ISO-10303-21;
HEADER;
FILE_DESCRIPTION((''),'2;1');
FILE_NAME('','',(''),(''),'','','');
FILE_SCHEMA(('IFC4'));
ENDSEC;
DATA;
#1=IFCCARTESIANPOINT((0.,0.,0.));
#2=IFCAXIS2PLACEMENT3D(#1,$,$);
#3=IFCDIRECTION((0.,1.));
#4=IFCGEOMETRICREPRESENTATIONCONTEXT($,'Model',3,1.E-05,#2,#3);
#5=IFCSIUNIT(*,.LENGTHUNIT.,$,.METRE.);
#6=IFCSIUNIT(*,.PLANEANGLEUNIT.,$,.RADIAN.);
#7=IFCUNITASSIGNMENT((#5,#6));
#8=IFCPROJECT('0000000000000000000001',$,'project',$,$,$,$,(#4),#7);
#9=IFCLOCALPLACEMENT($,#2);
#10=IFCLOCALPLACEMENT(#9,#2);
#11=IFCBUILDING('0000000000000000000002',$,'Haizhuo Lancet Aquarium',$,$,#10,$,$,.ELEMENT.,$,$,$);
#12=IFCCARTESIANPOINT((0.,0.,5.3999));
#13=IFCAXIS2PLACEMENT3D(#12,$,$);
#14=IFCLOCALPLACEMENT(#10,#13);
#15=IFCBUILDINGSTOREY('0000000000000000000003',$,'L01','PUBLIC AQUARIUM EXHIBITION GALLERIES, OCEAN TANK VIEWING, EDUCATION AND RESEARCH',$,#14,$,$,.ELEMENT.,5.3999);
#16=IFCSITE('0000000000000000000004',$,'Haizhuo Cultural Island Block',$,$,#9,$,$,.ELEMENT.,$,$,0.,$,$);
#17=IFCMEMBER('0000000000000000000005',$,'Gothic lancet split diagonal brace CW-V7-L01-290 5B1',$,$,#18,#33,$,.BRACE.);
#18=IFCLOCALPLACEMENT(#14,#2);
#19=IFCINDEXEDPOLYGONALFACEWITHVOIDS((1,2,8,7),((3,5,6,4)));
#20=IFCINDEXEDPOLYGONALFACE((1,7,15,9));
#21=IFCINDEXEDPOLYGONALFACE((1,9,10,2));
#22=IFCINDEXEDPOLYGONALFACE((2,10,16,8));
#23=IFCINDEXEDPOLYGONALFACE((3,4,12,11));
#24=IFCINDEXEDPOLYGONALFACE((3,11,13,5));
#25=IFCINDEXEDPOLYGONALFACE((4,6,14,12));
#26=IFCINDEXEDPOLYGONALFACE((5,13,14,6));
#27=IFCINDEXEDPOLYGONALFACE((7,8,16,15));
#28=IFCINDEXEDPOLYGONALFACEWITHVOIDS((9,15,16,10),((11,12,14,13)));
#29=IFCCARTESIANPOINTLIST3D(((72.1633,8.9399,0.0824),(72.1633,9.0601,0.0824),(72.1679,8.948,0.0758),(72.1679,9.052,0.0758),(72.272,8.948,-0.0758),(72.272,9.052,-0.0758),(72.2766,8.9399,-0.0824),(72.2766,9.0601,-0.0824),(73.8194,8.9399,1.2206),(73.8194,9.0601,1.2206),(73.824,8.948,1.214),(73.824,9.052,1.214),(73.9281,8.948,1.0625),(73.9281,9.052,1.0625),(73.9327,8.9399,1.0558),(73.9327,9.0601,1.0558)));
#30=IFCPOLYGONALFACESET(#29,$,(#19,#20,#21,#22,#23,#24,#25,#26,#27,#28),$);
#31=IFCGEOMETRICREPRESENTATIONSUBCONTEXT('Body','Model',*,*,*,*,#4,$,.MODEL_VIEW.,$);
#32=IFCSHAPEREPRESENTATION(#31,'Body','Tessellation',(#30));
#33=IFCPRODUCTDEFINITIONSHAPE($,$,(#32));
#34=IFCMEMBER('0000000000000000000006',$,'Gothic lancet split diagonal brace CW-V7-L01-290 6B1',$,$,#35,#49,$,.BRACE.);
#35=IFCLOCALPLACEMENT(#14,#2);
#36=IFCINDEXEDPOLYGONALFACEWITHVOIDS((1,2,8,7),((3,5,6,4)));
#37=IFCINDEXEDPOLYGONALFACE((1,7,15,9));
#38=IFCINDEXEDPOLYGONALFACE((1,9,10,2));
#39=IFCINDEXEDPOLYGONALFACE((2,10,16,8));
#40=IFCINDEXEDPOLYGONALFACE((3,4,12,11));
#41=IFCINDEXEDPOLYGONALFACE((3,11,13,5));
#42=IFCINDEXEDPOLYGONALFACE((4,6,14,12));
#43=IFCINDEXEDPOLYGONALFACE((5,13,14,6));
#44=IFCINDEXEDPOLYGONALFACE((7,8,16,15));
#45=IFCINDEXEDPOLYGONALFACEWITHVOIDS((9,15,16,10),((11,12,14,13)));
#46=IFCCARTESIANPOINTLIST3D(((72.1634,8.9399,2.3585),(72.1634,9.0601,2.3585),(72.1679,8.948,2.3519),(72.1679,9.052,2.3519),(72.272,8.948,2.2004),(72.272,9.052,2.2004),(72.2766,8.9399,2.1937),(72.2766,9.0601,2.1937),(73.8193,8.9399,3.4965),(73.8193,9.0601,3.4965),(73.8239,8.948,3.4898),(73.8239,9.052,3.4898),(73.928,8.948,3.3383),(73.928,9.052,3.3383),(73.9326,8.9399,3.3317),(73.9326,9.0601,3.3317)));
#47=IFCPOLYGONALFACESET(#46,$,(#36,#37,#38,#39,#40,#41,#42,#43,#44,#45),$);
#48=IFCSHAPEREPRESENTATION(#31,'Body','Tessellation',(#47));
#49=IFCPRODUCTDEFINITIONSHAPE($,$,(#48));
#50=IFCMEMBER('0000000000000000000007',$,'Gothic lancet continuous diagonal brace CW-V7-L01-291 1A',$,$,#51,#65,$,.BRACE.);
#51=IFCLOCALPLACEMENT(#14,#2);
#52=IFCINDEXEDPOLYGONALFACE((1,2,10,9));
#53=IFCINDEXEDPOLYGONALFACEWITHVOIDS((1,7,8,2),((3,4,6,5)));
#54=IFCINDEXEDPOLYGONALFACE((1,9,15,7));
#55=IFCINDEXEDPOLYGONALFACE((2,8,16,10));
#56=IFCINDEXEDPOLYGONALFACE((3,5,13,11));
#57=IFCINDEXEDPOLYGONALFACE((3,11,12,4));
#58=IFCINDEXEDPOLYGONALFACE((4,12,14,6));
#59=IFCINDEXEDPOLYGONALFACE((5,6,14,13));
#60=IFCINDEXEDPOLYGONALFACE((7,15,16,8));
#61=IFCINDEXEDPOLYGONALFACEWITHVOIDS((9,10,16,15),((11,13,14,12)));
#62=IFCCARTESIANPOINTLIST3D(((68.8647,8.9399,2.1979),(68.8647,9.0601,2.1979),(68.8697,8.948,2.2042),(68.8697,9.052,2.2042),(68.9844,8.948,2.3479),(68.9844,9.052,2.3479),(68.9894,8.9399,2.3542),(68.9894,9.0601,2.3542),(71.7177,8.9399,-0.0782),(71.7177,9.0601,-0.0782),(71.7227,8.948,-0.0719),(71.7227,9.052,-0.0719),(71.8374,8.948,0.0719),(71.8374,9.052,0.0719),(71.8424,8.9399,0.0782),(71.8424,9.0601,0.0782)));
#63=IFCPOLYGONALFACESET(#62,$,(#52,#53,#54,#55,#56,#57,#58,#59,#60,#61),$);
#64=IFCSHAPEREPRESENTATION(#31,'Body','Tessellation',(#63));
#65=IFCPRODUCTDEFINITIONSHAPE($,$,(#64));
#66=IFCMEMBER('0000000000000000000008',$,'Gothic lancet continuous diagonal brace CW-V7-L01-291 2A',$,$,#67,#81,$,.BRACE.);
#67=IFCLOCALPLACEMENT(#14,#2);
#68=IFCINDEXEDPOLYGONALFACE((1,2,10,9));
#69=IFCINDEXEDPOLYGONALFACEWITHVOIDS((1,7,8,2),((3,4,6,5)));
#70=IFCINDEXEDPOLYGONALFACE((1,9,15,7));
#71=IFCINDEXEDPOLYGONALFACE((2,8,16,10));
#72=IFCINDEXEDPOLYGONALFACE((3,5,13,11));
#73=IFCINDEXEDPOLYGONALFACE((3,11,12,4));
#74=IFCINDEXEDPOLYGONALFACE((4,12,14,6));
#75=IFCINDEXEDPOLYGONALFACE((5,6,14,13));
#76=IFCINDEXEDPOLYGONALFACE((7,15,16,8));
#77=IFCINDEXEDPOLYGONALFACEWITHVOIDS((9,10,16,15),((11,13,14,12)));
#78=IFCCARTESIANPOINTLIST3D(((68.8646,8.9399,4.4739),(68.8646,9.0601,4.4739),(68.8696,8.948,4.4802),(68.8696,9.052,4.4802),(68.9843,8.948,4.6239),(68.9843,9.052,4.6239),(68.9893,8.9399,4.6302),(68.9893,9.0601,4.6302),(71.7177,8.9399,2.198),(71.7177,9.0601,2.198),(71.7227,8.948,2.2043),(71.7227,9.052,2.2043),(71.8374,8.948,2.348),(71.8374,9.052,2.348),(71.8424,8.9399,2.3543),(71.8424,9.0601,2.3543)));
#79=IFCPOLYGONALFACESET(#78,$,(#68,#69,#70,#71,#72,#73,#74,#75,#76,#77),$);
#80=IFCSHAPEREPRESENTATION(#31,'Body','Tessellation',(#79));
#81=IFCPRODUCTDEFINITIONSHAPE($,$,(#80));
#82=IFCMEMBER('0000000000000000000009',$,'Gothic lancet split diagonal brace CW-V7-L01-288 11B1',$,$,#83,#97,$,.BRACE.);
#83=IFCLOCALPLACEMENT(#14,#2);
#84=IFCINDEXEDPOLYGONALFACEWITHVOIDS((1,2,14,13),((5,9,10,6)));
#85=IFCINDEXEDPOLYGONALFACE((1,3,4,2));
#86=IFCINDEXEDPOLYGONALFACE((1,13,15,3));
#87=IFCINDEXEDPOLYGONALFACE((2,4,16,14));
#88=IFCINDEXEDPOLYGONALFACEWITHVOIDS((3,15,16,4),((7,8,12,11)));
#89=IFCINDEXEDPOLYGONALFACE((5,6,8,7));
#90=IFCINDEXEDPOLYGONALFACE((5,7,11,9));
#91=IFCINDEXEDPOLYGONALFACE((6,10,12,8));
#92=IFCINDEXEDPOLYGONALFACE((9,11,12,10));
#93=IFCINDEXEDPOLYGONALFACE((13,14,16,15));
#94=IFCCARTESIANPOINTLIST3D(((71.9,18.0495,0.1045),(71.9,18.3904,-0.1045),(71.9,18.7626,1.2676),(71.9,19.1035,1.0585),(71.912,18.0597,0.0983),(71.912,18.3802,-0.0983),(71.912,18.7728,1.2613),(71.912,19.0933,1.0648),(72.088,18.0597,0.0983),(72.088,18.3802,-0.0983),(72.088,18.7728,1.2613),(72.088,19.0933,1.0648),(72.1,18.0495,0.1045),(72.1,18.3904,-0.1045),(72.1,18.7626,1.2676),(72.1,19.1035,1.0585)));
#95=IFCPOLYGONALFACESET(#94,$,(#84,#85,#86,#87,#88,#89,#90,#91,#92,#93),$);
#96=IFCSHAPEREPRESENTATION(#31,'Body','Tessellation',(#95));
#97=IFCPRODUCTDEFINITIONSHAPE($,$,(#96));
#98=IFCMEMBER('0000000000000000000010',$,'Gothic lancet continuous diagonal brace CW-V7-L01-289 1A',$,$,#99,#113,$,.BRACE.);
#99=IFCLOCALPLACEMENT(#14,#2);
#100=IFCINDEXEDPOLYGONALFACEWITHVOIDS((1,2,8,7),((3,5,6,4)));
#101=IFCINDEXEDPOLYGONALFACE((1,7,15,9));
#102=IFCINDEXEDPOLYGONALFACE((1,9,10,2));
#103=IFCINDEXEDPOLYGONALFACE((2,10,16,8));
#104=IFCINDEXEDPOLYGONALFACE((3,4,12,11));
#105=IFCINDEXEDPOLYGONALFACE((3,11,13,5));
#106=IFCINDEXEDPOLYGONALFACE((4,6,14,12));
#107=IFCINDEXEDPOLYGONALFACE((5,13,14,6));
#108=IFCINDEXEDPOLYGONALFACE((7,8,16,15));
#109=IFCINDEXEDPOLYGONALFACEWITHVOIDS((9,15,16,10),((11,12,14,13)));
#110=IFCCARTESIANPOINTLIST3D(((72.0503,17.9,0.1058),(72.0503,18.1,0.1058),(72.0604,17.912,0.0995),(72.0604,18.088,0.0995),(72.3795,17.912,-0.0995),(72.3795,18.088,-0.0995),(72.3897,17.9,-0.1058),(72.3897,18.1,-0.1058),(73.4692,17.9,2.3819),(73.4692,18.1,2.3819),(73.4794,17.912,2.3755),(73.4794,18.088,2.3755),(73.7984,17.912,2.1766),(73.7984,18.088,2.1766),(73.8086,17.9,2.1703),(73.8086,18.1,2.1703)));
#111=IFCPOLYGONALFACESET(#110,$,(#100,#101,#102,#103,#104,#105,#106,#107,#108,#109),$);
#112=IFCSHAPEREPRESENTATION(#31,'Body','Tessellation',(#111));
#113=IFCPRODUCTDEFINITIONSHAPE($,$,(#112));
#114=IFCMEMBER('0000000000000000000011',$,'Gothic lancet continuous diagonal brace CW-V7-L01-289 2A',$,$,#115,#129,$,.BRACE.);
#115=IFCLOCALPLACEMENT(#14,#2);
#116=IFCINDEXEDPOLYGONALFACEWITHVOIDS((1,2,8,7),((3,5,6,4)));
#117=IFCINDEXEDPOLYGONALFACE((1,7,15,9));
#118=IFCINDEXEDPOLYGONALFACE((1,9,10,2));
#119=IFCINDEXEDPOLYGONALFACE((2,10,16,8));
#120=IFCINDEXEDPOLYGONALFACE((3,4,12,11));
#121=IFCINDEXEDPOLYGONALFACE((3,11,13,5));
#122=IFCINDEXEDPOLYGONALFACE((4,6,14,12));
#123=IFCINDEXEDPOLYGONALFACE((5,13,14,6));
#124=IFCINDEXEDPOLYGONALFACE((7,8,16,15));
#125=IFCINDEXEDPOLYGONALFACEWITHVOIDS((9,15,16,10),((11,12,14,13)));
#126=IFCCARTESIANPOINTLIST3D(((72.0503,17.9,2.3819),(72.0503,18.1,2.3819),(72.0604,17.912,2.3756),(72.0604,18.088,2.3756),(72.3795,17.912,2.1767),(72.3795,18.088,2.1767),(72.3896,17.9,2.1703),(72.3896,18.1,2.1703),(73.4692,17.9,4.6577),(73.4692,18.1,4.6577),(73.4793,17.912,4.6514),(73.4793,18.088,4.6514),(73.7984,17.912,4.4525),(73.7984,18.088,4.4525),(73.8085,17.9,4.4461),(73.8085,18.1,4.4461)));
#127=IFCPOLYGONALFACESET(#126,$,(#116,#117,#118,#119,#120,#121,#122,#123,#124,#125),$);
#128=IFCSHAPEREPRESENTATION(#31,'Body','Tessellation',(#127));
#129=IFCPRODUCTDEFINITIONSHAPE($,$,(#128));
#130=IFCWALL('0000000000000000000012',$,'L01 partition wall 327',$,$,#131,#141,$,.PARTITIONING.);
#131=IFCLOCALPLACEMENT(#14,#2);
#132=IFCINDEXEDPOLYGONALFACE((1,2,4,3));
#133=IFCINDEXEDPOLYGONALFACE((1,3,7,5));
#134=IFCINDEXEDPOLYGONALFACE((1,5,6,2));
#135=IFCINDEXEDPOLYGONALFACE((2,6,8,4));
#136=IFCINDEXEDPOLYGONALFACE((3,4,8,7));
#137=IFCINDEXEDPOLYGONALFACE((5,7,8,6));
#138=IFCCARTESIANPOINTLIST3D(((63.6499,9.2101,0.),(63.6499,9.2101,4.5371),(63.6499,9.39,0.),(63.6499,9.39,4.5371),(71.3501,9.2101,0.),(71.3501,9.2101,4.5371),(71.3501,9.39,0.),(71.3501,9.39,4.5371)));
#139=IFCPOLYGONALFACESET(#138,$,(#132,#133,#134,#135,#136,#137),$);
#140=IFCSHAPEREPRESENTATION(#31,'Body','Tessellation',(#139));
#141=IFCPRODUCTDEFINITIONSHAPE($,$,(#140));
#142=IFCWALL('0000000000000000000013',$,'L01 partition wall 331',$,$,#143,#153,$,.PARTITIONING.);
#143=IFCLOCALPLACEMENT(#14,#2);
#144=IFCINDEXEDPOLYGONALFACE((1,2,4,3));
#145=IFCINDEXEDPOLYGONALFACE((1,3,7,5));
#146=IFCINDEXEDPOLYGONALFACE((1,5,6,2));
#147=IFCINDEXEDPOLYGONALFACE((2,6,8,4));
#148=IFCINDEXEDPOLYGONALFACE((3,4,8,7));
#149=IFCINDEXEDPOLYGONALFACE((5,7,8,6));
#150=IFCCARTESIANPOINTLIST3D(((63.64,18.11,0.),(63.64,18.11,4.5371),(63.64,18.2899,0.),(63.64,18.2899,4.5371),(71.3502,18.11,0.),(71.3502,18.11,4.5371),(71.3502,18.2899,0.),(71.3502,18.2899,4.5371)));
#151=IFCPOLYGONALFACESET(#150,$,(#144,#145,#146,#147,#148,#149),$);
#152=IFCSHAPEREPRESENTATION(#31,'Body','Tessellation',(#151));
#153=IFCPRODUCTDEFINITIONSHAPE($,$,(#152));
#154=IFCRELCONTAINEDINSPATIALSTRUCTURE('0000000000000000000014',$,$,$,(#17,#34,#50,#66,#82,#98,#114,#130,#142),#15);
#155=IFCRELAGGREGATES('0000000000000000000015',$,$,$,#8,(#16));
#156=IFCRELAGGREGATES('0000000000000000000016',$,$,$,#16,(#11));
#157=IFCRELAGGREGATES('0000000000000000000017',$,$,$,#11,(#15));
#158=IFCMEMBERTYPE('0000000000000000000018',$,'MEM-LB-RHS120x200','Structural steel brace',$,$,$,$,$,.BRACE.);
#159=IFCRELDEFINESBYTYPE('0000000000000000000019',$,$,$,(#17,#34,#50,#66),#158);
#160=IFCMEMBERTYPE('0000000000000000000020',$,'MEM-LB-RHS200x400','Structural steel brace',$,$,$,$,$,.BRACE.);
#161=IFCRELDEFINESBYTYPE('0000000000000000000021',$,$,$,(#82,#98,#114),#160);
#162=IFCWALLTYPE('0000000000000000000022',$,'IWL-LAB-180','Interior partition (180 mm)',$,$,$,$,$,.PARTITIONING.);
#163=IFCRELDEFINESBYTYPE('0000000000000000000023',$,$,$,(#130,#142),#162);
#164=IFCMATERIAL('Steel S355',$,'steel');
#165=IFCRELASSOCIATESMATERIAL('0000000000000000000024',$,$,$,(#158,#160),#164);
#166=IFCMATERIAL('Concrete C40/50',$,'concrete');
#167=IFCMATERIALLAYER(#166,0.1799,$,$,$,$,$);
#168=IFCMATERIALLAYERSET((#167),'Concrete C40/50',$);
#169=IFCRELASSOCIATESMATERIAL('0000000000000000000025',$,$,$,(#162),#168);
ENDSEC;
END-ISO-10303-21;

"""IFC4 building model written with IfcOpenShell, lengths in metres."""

from ifc_helpers import new_model, si_unit, direction, frame, frame_2d, origin, origin_2d, place, context, subcontext, project, spatial, rectangle, hollow_rectangle, extrude, material, layer, layer_set, material_profile, profile_set, type_object, element, save


model = new_model("IFC4")

# Units and contexts
model_context = context("Model", 3, precision=1e-05, world=origin(), true_north=direction((0.0, 1.0)))
body_context = subcontext(model_context, "Body", "Model", "MODEL_VIEW")
ifc_project = project(units=[si_unit("LENGTHUNIT", "METRE"), si_unit("PLANEANGLEUNIT", "RADIAN")], contexts=[model_context])

# Site, building, storey
site_placement = place(None, origin())
site = spatial("IfcSite", under=ifc_project, at=site_placement, Name="Haizhuo Cultural Island Block", CompositionType="ELEMENT", RefElevation=0.0)
building_placement = place(site_placement, origin())
building = spatial("IfcBuilding", under=site, at=building_placement, Name="Haizhuo Lancet Aquarium", CompositionType="ELEMENT")
storey_placement = place(building_placement, frame((0.0, 0.0, 5.3999)))
storey = spatial("IfcBuildingStorey", under=building, at=storey_placement, Name="L01", Description="PUBLIC AQUARIUM EXHIBITION GALLERIES, OCEAN TANK VIEWING, EDUCATION AND RESEARCH", CompositionType="ELEMENT", Elevation=5.3999)

# Shared definitions
ifc_material_1 = material(Name="Steel S355", Category="steel")

# Members
ifc_material_profile_1 = material_profile(ifc_material_1, hollow_rectangle(XDim=0.1201, YDim=0.2, WallThickness=0.0081, at=origin_2d()), Name="RHS 120x200x8")
ifc_profile_set_1 = profile_set([ifc_material_profile_1], Name="Steel S355")
member_type_1 = type_object("IfcMemberType", Name="MEM-LB-RHS120x200", Description="Structural steel brace", PredefinedType="BRACE", material=ifc_profile_set_1)
member_1_placement = place(storey_placement, frame((72.22, 9.0, 0.0), z_axis=(0.824116, 0.0, 0.566421), x_axis=(0.0, 1.0, 0.0)))
element("IfcMember", 1, at=member_1_placement, inside=storey, type_object=member_type_1, Name="Gothic lancet split diagonal brace CW-V7-L01-290 5B1", PredefinedType="BRACE", context=body_context, shape_type="SweptSolid", body=[
    extrude(hollow_rectangle(XDim=0.1201, YDim=0.2, WallThickness=0.0081, at=origin_2d()), origin(), (0.0, 0.0, 1.0), 2.0095),
])
member_2_placement = place(storey_placement, frame((72.22, 9.0, 2.2761), z_axis=(0.824173, 0.0, 0.566338), x_axis=(0.0, 1.0, 0.0)))
element("IfcMember", 2, at=member_2_placement, inside=storey, type_object=member_type_1, Name="Gothic lancet split diagonal brace CW-V7-L01-290 6B1", PredefinedType="BRACE", context=body_context, shape_type="SweptSolid", body=[
    extrude(hollow_rectangle(XDim=0.1201, YDim=0.2, WallThickness=0.0081, at=origin_2d()), origin(), (0.0, 0.0, 1.0), 2.0093),
])
for number, where, z_axis, x_axis, name in (
    (3, (71.78, 9.0, 0.0), (-0.78171, 0.0, 0.623642), (0.0, -1.0, 0.0), "Gothic lancet continuous diagonal brace CW-V7-L01-291 1A"),
    (4, (71.78, 9.0, 2.2761), (-0.781743, 0.0, 0.623601), (0.0, -1.0, 0.0), "Gothic lancet continuous diagonal brace CW-V7-L01-291 2A"),
):
    element("IfcMember", number, at=place(storey_placement, frame(where, z_axis=z_axis, x_axis=x_axis)), inside=storey, type_object=member_type_1, Name=name, PredefinedType="BRACE", context=body_context, shape_type="SweptSolid", body=[
        extrude(hollow_rectangle(XDim=0.1201, YDim=0.2, WallThickness=0.0081, at=origin_2d()), origin(), (0.0, 0.0, 1.0), 3.6497),
    ])
ifc_material_profile_2 = material_profile(ifc_material_1, hollow_rectangle(XDim=0.2, YDim=0.3999, WallThickness=0.012, at=origin_2d()), Name="RHS 200x400x12")
ifc_profile_set_2 = profile_set([ifc_material_profile_2], Name="Steel S355")
member_type_2 = type_object("IfcMemberType", Name="MEM-LB-RHS200x400", Description="Structural steel brace", PredefinedType="BRACE", material=ifc_profile_set_2)
member_3_placement = place(storey_placement, frame((72.0, 18.22, 0.0), z_axis=(0.0, 0.522709, 0.852511), x_axis=(-1.0, 0.0, 0.0)))
element("IfcMember", 5, at=member_3_placement, inside=storey, type_object=member_type_2, Name="Gothic lancet split diagonal brace CW-V7-L01-288 11B1", PredefinedType="BRACE", context=body_context, shape_type="SweptSolid", body=[
    extrude(hollow_rectangle(XDim=0.2, YDim=0.3999, WallThickness=0.012, at=origin_2d()), origin(), (0.0, 0.0, 1.0), 1.3643),
])
member_4_placement = place(storey_placement, frame((72.22, 18.0, 0.0), z_axis=(0.529025, 0.0, 0.848606), x_axis=(0.0, 1.0, 0.0)))
element("IfcMember", 6, at=member_4_placement, inside=storey, type_object=member_type_2, Name="Gothic lancet continuous diagonal brace CW-V7-L01-289 1A", PredefinedType="BRACE", context=body_context, shape_type="SweptSolid", body=[
    extrude(hollow_rectangle(XDim=0.2, YDim=0.3999, WallThickness=0.012, at=origin_2d()), origin(), (0.0, 0.0, 1.0), 2.6821),
])
member_5_placement = place(storey_placement, frame((72.22, 18.0, 2.2761), z_axis=(0.529066, 0.0, 0.848581), x_axis=(0.0, 1.0, 0.0)))
element("IfcMember", 7, at=member_5_placement, inside=storey, type_object=member_type_2, Name="Gothic lancet continuous diagonal brace CW-V7-L01-289 2A", PredefinedType="BRACE", context=body_context, shape_type="SweptSolid", body=[
    extrude(hollow_rectangle(XDim=0.2, YDim=0.3999, WallThickness=0.012, at=origin_2d()), origin(), (0.0, 0.0, 1.0), 2.6819),
])

# Walls
ifc_material_2 = material(Name="Concrete C40/50", Category="concrete")
ifc_layer = layer(ifc_material_2, 0.1799)
ifc_layer_set = layer_set([ifc_layer], Name="Concrete C40/50")
wall_type = type_object("IfcWallType", Name="IWL-LAB-180", Description="Interior partition (180 mm)", PredefinedType="PARTITIONING", material=ifc_layer_set)
wall_1_placement = place(storey_placement, frame((63.6499, 9.3, 0.0), z_axis=(0.0, 0.0, 1.0), x_axis=(1.0, 0.0, 0.0)))
element("IfcWall", 8, at=wall_1_placement, inside=storey, type_object=wall_type, Name="L01 partition wall 327", PredefinedType="PARTITIONING", context=body_context, shape_type="SweptSolid", body=[
    extrude(rectangle(XDim=7.7002, YDim=0.1799, at=frame_2d((3.8501, 0.0))), origin(), (0.0, 0.0, 1.0), 4.5371),
])
wall_2_placement = place(storey_placement, frame((71.3501, 18.2, 0.0), z_axis=(0.0, 0.0, 1.0), x_axis=(-1.0, 0.0, 0.0)))
element("IfcWall", 9, at=wall_2_placement, inside=storey, type_object=wall_type, Name="L01 partition wall 331", PredefinedType="PARTITIONING", context=body_context, shape_type="SweptSolid", body=[
    extrude(rectangle(XDim=7.7102, YDim=0.1799, at=frame_2d((3.855, 0.0))), origin(), (0.0, 0.0, 1.0), 4.5371),
])

save(model, "model.ifc")
